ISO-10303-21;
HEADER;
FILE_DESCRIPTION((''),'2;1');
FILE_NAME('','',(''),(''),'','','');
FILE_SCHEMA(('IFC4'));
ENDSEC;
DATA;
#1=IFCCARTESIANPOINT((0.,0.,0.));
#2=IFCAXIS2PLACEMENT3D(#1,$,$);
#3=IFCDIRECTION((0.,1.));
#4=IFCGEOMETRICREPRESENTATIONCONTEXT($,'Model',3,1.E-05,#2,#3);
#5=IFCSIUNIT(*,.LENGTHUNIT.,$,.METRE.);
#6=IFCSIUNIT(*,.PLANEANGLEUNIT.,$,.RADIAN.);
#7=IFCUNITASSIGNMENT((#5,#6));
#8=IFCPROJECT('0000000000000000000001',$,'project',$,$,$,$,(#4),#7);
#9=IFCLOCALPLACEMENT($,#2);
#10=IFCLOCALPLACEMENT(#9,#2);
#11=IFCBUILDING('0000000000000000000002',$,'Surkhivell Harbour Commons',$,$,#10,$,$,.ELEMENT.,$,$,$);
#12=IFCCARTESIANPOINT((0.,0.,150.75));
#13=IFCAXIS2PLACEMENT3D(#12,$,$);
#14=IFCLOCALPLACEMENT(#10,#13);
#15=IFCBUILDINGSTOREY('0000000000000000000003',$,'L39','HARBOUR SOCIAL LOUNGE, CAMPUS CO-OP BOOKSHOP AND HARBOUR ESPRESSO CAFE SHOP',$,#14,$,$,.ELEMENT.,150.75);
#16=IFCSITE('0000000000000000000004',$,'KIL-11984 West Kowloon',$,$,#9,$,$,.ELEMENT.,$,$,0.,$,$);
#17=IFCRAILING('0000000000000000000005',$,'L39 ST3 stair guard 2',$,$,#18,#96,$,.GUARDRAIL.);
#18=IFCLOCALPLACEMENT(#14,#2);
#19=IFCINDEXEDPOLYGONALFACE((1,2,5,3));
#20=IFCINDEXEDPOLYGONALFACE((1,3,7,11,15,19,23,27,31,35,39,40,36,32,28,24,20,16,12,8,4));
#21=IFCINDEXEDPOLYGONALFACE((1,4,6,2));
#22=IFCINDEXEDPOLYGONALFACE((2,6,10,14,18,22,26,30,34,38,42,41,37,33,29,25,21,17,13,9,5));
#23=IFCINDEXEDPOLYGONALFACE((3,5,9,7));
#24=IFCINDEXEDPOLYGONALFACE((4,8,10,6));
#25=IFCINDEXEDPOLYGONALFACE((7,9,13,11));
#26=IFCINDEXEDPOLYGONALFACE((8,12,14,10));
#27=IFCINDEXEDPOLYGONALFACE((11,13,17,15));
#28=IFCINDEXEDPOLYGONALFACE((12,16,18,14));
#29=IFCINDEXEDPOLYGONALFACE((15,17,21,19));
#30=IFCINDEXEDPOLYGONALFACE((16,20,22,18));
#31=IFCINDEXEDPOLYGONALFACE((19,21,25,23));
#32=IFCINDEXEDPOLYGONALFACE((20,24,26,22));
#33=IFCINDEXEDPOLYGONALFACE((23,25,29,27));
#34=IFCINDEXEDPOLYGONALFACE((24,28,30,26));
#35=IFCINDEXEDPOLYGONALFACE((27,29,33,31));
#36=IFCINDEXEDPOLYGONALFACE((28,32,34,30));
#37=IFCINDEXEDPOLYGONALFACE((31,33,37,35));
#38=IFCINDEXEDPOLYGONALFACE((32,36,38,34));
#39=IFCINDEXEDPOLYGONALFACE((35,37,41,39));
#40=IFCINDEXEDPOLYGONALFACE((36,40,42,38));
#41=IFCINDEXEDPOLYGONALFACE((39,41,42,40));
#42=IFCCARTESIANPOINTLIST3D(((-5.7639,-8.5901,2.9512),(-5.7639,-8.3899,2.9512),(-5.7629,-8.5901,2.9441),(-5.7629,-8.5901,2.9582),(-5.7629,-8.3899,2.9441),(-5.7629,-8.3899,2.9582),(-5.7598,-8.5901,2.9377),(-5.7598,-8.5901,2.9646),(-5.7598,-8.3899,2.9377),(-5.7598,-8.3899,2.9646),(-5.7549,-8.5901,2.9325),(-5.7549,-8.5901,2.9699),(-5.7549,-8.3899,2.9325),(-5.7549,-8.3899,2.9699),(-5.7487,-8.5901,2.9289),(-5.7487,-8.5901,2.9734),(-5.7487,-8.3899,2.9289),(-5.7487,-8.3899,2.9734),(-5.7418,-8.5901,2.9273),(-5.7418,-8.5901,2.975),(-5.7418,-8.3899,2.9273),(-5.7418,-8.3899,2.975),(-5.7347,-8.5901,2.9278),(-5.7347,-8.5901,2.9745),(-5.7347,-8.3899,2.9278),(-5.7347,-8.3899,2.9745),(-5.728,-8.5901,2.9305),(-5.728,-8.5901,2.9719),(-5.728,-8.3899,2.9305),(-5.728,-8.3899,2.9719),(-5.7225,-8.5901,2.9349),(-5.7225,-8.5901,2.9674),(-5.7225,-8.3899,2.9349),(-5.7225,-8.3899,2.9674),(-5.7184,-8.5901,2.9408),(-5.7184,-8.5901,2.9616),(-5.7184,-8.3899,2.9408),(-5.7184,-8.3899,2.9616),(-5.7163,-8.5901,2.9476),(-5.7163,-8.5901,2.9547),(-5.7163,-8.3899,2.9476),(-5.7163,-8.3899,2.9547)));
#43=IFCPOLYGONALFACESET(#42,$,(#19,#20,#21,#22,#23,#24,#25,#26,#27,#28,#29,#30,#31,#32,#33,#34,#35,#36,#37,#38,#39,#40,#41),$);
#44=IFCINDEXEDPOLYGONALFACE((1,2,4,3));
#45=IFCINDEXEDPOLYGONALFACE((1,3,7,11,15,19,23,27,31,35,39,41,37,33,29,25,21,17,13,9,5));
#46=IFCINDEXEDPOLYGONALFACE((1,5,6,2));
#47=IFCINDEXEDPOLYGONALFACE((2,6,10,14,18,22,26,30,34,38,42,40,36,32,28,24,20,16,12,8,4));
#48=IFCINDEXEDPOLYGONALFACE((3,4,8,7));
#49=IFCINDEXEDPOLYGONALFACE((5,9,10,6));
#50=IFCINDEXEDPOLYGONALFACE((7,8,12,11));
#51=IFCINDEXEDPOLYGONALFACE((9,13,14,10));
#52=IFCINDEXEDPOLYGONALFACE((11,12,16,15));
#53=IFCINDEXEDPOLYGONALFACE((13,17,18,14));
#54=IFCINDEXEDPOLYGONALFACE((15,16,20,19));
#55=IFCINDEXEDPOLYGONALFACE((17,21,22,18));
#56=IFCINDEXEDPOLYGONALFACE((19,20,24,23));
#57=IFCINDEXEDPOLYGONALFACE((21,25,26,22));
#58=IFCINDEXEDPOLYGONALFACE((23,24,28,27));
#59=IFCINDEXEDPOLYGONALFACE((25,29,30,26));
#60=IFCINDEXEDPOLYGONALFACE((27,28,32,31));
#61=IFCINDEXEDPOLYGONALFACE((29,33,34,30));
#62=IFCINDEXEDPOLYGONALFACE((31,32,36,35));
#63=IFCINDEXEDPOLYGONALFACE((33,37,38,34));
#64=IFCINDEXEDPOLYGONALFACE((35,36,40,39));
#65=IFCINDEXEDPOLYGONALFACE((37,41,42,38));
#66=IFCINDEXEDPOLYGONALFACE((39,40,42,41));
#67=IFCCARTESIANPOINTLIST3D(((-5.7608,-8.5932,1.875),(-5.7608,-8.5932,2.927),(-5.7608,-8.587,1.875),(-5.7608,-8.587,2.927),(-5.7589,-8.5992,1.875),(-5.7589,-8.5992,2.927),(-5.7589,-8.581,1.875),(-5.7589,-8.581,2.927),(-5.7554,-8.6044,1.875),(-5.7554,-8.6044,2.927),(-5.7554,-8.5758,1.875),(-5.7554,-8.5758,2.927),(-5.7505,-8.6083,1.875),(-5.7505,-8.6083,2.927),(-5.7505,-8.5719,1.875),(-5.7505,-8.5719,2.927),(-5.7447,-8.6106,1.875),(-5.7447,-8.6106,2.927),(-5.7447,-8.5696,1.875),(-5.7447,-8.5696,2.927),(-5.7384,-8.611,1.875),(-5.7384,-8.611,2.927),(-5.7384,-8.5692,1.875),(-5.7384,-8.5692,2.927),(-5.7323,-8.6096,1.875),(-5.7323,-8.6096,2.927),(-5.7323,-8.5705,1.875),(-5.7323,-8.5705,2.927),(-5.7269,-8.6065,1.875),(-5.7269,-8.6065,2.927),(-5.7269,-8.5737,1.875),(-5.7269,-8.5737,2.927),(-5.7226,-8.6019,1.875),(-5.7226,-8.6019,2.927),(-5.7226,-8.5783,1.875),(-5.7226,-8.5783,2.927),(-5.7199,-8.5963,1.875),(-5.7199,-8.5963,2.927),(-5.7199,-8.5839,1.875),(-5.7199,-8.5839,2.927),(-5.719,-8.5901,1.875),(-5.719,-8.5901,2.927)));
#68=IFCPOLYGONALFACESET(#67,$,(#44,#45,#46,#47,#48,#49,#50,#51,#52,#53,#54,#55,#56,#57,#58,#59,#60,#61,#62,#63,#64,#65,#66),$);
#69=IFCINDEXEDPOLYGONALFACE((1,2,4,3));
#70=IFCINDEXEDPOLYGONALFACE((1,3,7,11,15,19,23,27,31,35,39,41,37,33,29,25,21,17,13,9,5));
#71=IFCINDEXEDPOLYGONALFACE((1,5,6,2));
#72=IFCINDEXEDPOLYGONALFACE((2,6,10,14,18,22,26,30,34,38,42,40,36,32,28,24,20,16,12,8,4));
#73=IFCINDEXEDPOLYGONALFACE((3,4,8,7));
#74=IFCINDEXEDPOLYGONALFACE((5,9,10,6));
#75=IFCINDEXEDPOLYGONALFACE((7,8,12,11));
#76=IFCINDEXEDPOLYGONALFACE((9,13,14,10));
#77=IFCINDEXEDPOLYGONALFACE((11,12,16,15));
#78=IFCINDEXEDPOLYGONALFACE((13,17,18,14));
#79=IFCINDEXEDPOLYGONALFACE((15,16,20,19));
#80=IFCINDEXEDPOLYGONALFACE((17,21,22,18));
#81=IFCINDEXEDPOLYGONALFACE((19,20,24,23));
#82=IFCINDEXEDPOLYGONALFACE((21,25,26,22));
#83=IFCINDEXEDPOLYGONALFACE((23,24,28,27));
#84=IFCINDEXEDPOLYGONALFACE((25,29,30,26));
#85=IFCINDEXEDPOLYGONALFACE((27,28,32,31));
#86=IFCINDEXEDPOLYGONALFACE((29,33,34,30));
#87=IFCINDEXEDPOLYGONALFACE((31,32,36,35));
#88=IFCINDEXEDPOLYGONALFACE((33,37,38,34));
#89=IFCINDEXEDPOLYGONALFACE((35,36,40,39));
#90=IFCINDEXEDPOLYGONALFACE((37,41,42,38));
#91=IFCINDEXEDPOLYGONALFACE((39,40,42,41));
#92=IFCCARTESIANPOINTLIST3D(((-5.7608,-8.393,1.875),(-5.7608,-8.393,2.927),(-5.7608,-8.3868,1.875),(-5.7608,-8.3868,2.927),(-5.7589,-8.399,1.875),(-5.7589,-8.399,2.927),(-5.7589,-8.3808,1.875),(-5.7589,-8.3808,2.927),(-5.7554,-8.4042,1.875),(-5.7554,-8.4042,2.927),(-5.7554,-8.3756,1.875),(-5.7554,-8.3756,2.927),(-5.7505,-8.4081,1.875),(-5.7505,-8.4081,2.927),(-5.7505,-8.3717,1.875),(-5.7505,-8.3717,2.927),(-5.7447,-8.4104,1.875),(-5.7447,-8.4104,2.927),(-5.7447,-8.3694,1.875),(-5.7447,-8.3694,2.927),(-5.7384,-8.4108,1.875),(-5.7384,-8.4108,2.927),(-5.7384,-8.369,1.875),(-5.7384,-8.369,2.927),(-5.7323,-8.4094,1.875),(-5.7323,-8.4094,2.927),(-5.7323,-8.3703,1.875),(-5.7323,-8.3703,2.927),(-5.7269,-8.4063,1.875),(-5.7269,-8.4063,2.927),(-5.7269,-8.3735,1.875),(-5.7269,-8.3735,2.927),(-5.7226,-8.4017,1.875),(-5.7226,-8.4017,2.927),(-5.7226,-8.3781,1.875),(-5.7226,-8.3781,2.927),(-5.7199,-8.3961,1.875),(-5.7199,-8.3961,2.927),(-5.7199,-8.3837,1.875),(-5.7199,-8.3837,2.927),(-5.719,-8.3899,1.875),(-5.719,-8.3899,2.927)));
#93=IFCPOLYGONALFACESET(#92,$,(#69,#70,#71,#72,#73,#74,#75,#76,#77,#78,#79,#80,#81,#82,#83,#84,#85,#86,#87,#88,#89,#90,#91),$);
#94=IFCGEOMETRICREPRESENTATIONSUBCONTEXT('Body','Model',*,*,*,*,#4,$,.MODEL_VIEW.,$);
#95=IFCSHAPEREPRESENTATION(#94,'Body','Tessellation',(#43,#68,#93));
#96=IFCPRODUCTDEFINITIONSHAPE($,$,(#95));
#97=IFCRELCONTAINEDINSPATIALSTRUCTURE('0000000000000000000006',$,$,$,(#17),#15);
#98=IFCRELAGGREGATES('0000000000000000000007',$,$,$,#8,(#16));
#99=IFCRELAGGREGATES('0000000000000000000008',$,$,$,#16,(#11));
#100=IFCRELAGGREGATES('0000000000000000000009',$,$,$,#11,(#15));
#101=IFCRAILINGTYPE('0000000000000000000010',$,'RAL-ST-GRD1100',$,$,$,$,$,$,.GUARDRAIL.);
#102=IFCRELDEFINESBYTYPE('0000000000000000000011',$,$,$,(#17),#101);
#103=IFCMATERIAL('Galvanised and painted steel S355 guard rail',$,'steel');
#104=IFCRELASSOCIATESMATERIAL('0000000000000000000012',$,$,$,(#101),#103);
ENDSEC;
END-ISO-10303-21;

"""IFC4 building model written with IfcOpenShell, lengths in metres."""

from ifc_helpers import new_model, si_unit, direction, frame, origin, origin_2d, place, context, subcontext, project, spatial, circle, extrude, material, type_object, element, save


model = new_model("IFC4")

# Units and contexts
model_context = context("Model", 3, precision=1e-05, world=origin(), true_north=direction((0.0, 1.0)))
body_context = subcontext(model_context, "Body", "Model", "MODEL_VIEW")
ifc_project = project(units=[si_unit("LENGTHUNIT", "METRE"), si_unit("PLANEANGLEUNIT", "RADIAN")], contexts=[model_context])

# Site, building, storey
site_placement = place(None, origin())
site = spatial("IfcSite", under=ifc_project, at=site_placement, Name="KIL-11984 West Kowloon", CompositionType="ELEMENT", RefElevation=0.0)
building_placement = place(site_placement, origin())
building = spatial("IfcBuilding", under=site, at=building_placement, Name="Surkhivell Harbour Commons", CompositionType="ELEMENT")
storey_placement = place(building_placement, frame((0.0, 0.0, 150.75)))
storey = spatial("IfcBuildingStorey", under=building, at=storey_placement, Name="L39", Description="HARBOUR SOCIAL LOUNGE, CAMPUS CO-OP BOOKSHOP AND HARBOUR ESPRESSO CAFE SHOP", CompositionType="ELEMENT", Elevation=150.75)

# Railing
ifc_material_1 = material(Name="Galvanised and painted steel S355 guard rail", Category="steel")
railing_type_1 = type_object("IfcRailingType", Name="RAL-ST-GRD1100", PredefinedType="GUARDRAIL", material=ifc_material_1)
railing_1_placement = place(storey_placement, frame((-5.74, -8.5901, 1.875)))
element("IfcRailing", 1, at=railing_1_placement, inside=storey, type_object=railing_type_1, Name="L39 ST3 stair guard 2", PredefinedType="GUARDRAIL", context=body_context, shape_type="SweptSolid", body=[
    extrude(circle(Radius=0.0239, at=origin_2d()), frame((0.0, 0.0, 1.0762), z_axis=(0.0, 1.0, 0.0), x_axis=(-1.0, 0.0, 0.0)), (0.0, 0.0, 1.0), 0.2002),
    extrude(circle(Radius=0.021, at=origin_2d()), origin(), (0.0, 0.0, 1.0), 1.052),
    extrude(circle(Radius=0.021, at=origin_2d()), frame((0.0, 0.2002, 0.0)), (0.0, 0.0, 1.0), 1.052),
])

save(model, "model.ifc")
